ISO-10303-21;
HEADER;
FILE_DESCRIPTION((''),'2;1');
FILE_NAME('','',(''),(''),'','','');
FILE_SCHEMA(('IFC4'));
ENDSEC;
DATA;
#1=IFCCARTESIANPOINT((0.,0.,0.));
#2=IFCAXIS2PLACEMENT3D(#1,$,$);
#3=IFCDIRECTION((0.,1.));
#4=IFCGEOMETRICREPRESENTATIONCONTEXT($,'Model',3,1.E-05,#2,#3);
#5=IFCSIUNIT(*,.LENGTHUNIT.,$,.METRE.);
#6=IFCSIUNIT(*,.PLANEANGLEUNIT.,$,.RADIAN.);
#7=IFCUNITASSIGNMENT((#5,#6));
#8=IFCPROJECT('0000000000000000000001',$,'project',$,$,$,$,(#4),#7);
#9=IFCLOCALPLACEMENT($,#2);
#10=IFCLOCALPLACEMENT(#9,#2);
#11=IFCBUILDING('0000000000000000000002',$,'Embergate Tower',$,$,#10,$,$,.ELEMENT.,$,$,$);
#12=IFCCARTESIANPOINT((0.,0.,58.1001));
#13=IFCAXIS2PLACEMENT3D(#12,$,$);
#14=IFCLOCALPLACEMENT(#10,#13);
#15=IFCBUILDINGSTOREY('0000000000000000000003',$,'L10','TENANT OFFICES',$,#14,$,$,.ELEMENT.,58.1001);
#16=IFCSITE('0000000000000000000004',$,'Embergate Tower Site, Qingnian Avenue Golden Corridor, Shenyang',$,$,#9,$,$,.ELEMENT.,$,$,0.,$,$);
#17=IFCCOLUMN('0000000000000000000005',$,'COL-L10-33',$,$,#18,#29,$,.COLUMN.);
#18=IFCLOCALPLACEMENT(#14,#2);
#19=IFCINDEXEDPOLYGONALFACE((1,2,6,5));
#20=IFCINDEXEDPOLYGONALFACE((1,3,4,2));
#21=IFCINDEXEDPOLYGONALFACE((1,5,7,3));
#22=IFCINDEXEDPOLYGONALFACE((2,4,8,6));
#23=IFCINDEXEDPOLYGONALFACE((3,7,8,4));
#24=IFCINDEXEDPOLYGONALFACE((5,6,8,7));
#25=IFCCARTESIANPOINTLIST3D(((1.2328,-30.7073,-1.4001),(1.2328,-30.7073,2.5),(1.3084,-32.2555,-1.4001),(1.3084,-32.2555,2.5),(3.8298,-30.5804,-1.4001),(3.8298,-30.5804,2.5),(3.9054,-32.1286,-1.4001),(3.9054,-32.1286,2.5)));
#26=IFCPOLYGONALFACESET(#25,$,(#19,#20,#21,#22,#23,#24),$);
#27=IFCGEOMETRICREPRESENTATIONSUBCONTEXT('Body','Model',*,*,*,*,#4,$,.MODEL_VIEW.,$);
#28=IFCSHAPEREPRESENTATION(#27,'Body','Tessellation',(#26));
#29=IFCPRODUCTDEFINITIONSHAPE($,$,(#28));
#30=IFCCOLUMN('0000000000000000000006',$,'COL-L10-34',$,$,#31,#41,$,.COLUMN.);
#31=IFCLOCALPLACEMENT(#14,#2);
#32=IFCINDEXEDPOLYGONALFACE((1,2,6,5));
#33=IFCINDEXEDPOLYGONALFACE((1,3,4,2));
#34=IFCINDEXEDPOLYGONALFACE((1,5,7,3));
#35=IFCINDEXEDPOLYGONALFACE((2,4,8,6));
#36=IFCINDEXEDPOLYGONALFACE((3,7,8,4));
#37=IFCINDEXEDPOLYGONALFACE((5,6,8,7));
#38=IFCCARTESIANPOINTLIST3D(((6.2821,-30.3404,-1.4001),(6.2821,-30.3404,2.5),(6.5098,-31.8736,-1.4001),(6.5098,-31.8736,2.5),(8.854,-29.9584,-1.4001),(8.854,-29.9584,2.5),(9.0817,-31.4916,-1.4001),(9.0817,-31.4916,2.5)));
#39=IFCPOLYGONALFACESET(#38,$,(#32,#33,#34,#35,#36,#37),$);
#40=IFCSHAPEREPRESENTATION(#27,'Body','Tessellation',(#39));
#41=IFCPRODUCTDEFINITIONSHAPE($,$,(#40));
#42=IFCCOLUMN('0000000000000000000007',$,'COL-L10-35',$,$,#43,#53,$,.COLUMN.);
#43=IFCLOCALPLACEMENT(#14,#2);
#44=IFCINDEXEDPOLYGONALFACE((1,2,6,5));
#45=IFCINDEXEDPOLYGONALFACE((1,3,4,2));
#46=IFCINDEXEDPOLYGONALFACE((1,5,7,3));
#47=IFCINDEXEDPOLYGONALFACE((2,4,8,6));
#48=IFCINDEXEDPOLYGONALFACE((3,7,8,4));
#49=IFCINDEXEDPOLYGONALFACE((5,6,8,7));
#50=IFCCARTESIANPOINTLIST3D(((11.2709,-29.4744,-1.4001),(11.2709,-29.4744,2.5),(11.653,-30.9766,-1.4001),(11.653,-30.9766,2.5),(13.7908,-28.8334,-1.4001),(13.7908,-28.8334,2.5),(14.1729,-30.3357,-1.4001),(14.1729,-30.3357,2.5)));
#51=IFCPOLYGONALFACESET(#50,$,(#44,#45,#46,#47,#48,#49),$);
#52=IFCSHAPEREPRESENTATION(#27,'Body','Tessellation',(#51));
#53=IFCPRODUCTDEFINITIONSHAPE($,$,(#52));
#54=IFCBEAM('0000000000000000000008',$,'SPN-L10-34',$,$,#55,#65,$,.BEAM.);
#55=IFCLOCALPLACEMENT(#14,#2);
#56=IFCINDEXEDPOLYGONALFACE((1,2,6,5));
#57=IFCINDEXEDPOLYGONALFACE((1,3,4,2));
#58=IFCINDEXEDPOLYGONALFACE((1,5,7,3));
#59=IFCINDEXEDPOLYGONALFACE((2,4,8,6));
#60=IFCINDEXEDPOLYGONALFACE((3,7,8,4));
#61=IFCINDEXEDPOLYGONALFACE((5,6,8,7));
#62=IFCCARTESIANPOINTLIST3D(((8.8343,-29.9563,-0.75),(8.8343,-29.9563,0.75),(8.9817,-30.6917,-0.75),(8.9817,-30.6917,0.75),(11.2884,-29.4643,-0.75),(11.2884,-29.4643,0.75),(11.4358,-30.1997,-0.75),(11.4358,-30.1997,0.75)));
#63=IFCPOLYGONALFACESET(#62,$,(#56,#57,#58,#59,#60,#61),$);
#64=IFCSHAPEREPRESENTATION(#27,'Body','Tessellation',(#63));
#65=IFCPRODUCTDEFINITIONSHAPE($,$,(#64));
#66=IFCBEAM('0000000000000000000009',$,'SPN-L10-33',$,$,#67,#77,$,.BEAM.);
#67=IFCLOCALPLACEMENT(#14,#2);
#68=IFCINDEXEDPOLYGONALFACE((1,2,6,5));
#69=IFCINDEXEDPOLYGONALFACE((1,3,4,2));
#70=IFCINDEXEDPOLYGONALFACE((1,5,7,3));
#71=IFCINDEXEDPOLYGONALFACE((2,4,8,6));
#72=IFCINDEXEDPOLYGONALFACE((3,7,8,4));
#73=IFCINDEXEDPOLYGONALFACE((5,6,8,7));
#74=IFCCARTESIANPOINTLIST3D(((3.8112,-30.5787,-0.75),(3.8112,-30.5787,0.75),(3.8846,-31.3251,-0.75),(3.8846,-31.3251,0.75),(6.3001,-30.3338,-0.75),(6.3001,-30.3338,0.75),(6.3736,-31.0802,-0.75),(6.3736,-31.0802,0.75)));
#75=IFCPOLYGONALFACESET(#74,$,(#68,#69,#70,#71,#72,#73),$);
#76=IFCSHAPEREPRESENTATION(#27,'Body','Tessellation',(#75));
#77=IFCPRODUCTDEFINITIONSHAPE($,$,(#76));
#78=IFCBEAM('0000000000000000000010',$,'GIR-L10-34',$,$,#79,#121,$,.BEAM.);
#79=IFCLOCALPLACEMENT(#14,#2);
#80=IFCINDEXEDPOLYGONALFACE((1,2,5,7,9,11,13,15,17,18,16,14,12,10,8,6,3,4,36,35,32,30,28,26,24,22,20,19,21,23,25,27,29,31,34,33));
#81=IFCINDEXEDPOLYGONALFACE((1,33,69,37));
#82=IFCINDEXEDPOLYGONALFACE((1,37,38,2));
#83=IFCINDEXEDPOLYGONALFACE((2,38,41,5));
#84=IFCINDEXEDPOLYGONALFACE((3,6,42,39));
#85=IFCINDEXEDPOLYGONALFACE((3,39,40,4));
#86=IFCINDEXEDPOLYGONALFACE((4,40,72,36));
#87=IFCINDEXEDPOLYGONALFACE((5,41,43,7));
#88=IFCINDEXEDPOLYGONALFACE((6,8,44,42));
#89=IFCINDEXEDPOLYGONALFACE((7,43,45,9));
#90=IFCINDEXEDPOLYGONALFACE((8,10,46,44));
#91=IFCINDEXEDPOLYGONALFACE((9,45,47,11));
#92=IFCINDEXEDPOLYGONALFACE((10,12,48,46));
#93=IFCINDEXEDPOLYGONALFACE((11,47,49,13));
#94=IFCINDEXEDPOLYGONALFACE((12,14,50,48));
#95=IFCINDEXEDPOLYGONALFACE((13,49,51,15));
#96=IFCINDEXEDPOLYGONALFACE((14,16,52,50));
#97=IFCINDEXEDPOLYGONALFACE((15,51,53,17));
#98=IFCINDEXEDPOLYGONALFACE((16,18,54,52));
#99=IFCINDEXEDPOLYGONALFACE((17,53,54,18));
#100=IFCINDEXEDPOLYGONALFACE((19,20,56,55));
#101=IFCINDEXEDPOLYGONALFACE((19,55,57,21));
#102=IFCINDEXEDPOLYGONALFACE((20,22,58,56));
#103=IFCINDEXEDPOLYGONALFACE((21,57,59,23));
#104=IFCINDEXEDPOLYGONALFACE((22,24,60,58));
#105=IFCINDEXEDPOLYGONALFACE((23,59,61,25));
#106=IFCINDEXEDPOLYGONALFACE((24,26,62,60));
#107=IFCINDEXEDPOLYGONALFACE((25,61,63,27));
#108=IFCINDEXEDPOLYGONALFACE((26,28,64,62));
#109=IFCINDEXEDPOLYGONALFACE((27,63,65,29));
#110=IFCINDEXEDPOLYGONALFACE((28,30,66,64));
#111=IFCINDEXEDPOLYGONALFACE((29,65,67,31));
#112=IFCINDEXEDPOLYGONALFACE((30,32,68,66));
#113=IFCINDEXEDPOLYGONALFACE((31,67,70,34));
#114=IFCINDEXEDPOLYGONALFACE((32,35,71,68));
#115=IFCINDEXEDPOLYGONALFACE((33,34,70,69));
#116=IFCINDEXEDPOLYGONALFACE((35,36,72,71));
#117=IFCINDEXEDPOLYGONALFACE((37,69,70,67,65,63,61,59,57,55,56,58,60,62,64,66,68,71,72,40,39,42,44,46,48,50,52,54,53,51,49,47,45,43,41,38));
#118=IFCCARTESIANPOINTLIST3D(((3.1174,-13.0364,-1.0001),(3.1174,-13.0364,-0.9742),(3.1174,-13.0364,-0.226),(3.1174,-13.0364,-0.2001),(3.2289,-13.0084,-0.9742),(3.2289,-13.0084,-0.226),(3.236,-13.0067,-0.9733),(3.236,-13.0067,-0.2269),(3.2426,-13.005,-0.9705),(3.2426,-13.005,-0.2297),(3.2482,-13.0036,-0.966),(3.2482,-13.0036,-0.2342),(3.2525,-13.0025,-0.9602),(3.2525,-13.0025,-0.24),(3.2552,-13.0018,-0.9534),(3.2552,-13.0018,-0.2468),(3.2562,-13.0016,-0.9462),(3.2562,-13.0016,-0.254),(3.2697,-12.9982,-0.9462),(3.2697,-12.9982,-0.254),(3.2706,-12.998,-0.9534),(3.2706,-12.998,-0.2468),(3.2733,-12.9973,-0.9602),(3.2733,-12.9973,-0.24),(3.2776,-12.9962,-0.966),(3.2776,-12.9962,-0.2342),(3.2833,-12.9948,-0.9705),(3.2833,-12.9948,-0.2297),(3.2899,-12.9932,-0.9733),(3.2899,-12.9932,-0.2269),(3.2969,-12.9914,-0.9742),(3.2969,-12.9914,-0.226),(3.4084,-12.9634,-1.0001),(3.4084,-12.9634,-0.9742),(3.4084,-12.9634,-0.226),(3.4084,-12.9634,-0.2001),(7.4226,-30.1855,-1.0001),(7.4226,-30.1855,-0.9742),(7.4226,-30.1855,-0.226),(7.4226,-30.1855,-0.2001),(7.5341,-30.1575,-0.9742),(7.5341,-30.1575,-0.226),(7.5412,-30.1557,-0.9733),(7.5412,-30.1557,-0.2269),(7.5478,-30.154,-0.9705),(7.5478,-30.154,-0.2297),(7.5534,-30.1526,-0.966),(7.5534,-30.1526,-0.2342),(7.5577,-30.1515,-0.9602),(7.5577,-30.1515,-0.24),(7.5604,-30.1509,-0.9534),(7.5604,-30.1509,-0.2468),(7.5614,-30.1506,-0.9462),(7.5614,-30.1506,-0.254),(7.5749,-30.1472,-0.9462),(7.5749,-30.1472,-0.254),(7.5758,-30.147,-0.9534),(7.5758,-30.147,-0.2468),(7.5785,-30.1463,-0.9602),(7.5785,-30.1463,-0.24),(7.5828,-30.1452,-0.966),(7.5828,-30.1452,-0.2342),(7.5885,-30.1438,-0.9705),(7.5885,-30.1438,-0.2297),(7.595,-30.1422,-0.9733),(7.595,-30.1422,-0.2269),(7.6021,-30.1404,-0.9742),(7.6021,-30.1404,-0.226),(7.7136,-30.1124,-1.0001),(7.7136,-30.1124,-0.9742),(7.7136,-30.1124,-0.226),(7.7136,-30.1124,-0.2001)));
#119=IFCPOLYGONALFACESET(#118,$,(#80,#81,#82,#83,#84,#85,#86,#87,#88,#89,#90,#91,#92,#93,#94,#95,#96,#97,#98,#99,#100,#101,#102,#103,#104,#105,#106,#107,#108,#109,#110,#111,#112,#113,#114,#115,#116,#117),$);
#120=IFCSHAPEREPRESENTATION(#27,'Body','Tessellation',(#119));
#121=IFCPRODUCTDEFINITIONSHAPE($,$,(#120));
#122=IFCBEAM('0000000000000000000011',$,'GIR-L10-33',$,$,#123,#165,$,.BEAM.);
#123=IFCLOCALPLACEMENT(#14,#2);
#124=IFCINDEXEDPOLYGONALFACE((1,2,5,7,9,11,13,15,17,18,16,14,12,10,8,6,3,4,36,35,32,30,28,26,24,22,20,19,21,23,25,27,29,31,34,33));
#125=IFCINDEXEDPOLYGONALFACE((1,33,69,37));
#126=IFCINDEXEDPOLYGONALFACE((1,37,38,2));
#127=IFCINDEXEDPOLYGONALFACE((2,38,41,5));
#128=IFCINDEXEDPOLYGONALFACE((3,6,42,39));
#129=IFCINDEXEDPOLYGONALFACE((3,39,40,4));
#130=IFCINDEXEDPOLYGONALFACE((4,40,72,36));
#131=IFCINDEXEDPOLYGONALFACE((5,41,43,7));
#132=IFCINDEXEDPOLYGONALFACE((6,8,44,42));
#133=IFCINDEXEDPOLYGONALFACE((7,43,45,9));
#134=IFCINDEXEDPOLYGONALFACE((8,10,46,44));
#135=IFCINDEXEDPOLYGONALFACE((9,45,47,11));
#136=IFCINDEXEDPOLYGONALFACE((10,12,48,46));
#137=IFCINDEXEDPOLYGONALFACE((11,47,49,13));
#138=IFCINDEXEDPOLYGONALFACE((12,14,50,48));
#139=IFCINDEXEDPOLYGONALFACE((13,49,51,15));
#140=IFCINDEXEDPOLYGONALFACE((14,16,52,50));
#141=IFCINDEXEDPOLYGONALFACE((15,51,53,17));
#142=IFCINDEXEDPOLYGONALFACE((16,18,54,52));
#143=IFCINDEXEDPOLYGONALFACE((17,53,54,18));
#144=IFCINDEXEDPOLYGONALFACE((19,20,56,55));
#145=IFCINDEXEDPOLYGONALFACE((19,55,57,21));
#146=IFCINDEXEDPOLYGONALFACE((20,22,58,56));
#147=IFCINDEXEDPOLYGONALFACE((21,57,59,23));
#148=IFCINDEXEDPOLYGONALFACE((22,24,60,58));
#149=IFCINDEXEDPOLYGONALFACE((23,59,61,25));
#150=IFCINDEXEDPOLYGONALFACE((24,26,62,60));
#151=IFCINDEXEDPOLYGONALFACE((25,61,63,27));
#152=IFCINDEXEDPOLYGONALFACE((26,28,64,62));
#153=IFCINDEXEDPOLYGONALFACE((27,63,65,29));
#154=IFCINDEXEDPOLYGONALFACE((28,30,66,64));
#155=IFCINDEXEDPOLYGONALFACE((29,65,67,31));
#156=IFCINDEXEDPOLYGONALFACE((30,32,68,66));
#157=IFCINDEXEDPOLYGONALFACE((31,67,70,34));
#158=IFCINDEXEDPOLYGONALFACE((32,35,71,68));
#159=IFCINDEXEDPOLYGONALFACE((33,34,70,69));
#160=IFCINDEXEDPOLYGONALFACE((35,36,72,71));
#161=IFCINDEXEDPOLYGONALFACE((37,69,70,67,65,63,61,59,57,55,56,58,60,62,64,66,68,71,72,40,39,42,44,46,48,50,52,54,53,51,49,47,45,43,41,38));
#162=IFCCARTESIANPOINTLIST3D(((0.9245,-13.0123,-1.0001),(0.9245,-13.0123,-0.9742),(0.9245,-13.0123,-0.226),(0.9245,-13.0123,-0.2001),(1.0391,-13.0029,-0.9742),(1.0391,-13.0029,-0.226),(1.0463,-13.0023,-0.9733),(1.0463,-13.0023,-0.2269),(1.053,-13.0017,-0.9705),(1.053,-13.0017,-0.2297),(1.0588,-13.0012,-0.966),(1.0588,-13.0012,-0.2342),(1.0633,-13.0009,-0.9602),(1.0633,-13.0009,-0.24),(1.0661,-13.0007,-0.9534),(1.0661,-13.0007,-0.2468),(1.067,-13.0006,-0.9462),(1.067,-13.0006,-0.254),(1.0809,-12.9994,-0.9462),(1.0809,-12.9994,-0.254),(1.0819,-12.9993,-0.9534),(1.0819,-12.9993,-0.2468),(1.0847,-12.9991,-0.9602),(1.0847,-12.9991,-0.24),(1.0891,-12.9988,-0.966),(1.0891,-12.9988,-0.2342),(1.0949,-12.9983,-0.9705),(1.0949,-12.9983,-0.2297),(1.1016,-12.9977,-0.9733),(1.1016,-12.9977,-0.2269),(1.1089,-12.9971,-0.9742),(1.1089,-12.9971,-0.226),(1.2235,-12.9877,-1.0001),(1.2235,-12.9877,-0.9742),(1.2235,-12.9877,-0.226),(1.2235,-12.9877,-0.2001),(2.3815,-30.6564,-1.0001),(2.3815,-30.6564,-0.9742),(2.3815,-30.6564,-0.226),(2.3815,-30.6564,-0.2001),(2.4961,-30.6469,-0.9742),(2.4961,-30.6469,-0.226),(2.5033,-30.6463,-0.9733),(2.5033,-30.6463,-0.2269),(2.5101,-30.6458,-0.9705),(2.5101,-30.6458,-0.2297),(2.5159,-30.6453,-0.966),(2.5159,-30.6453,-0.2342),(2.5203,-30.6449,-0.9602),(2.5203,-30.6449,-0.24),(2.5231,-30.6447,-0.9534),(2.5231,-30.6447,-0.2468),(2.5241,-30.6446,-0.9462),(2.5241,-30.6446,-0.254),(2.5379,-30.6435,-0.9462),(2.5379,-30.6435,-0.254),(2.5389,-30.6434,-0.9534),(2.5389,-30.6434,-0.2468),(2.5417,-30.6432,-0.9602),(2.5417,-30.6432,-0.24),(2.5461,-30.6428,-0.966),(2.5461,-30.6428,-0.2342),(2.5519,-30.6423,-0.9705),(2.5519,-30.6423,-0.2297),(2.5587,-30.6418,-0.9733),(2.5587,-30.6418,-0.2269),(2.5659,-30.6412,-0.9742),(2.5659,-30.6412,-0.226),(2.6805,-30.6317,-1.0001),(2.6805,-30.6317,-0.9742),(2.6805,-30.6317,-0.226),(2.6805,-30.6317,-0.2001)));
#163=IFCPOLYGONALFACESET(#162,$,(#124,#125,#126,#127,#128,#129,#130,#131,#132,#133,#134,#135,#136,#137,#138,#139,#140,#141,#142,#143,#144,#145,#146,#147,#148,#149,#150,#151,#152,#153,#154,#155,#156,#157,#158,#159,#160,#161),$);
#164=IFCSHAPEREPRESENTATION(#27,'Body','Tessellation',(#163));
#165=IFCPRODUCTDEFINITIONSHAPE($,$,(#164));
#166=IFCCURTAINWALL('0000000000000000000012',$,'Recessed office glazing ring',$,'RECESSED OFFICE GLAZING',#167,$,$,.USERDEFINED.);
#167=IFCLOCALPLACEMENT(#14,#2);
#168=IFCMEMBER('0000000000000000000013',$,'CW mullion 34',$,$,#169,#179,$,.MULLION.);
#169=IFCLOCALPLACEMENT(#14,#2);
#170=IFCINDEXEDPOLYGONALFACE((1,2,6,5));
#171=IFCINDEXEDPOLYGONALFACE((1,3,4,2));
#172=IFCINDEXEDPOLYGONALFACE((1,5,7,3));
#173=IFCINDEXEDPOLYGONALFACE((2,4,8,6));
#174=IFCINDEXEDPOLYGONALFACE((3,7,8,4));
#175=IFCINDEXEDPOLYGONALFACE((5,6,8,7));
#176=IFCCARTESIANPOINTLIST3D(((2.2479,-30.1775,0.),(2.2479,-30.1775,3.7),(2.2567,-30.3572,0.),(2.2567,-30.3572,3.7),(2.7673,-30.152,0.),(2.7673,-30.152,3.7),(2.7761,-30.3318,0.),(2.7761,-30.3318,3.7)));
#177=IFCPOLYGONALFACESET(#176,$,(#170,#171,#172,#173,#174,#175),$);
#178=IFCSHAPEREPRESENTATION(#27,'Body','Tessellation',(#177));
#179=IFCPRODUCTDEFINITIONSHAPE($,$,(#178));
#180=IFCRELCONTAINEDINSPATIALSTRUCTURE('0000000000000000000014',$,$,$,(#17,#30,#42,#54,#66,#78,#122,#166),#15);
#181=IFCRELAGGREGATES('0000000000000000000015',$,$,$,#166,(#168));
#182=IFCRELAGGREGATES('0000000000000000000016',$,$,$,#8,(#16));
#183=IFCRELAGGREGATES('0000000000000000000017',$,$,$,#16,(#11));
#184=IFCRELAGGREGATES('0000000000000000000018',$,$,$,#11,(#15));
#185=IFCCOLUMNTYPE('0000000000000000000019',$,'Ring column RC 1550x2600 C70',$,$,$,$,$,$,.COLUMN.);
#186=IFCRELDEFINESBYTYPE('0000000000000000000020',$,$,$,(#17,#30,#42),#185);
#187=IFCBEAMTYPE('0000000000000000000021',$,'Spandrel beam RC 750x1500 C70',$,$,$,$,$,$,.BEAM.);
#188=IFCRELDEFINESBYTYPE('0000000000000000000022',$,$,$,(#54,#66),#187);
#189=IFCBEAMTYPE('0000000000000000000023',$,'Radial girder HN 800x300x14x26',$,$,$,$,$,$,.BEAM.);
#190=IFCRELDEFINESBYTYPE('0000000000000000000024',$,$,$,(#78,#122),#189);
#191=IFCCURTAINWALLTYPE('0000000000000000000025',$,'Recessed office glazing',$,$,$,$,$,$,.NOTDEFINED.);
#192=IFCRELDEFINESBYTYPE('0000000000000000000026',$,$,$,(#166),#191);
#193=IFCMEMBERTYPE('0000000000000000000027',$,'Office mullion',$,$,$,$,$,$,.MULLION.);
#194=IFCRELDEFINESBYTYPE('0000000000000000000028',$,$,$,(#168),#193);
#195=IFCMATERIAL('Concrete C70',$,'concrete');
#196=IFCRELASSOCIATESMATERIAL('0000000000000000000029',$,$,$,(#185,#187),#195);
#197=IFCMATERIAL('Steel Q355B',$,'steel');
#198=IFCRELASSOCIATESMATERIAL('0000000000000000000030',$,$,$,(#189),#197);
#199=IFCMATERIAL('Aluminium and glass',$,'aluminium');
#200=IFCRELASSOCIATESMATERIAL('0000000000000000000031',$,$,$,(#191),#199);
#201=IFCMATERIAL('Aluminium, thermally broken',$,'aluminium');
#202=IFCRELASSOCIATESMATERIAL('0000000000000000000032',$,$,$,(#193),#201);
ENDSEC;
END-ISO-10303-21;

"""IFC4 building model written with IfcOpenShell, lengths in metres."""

from ifc_helpers import new_model, si_unit, direction, frame, origin, origin_2d, place, context, subcontext, project, spatial, rectangle, i_section, extrude, source, transform, mapped, material, material_profile, profile_set, type_object, element, aggregate, save


model = new_model("IFC4")

# Units and contexts
model_context = context("Model", 3, precision=1e-05, world=origin(), true_north=direction((0.0, 1.0)))
body_context = subcontext(model_context, "Body", "Model", "MODEL_VIEW")
ifc_project = project(units=[si_unit("LENGTHUNIT", "METRE"), si_unit("PLANEANGLEUNIT", "RADIAN")], contexts=[model_context])

# Site, building, storey
site_placement = place(None, origin())
site = spatial("IfcSite", under=ifc_project, at=site_placement, Name="Embergate Tower Site, Qingnian Avenue Golden Corridor, Shenyang", CompositionType="ELEMENT", RefElevation=0.0)
building_placement = place(site_placement, origin())
building = spatial("IfcBuilding", under=site, at=building_placement, Name="Embergate Tower", CompositionType="ELEMENT")
storey_placement = place(building_placement, frame((0.0, 0.0, 58.1001)))
storey = spatial("IfcBuildingStorey", under=building, at=storey_placement, Name="L10", Description="TENANT OFFICES", CompositionType="ELEMENT", Elevation=58.1001)

# Columns
ifc_material_1 = material(Name="Concrete C70", Category="concrete")
ifc_material_profile_1 = material_profile(ifc_material_1, rectangle(XDim=1.55, YDim=2.6001, at=origin_2d()), Name="RC 1550x2600")
ifc_profile_set_1 = profile_set([ifc_material_profile_1], Name="Concrete C70")
column_type = type_object("IfcColumnType", Name="Ring column RC 1550x2600 C70", PredefinedType="COLUMN", material=ifc_profile_set_1)
shared_shape_1 = source(origin(), body_context, "Body", "SweptSolid", [
    extrude(rectangle(XDim=1.55, YDim=2.6001, at=origin_2d()), origin(), (0.0, 0.0, 1.0), 3.9001),
])
for number, where, z_axis, x_axis, name in (
    (1, (2.5691, -31.418, -1.4001), (0.0, 0.0, 1.0), (0.048815, -0.998808, 0.0), "COL-L10-33"),
    (2, (7.6819, -30.916, -1.4001), (0.0, 0.0, 1.0), (0.146929, -0.989147, 0.0), "COL-L10-34"),
    (3, (12.7219, -29.905, -1.4001), (0.0, 0.0, 1.0), (0.246509, -0.969141, 0.0), "COL-L10-35"),
):
    element("IfcColumn", number, at=place(storey_placement, frame(where, z_axis=z_axis, x_axis=x_axis)), inside=storey, type_object=column_type, Name=name, PredefinedType="COLUMN", context=body_context, shape_type="MappedRepresentation", body=[
        mapped(shared_shape_1, transform((0.0, 0.0, 0.0))),
    ])

# Beams
ifc_material_profile_2 = material_profile(ifc_material_1, rectangle(XDim=0.75, YDim=1.5, at=origin_2d()), Name="RC 750x1500")
ifc_profile_set_2 = profile_set([ifc_material_profile_2], Name="Concrete C70")
beam_type_1 = type_object("IfcBeamType", Name="Spandrel beam RC 750x1500 C70", PredefinedType="BEAM", material=ifc_profile_set_2)
shared_shape_2 = source(origin(), body_context, "Body", "SweptSolid", [
    extrude(rectangle(XDim=0.75, YDim=1.5, at=origin_2d()), origin(), (0.0, 0.0, 1.0), 2.5029),
])
beam_1_placement = place(storey_placement, frame((8.908, -30.324, 0.0), z_axis=(0.980494, 0.196548, 0.0), x_axis=(-0.196548, 0.980494, 0.0)))
element("IfcBeam", 4, at=beam_1_placement, inside=storey, type_object=beam_type_1, Name="SPN-L10-34", PredefinedType="BEAM", context=body_context, shape_type="MappedRepresentation", body=[
    mapped(shared_shape_2, transform((0.0, 0.0, 0.0))),
])
shared_shape_3 = source(origin(), body_context, "Body", "SweptSolid", [
    extrude(rectangle(XDim=0.75, YDim=1.5, at=origin_2d()), origin(), (0.0, 0.0, 1.0), 2.501),
])
beam_2_placement = place(storey_placement, frame((3.8479, -30.9519, 0.0), z_axis=(0.995195, 0.097909, 0.0), x_axis=(-0.097909, 0.995195, 0.0)))
element("IfcBeam", 5, at=beam_2_placement, inside=storey, type_object=beam_type_1, Name="SPN-L10-33", PredefinedType="BEAM", context=body_context, shape_type="MappedRepresentation", body=[
    mapped(shared_shape_3, transform((0.0, 0.0, 0.0))),
])
ifc_material_2 = material(Name="Steel Q355B", Category="steel")
ifc_material_profile_3 = material_profile(ifc_material_2, i_section(OverallWidth=0.3, OverallDepth=0.8, WebThickness=0.0139, FlangeThickness=0.0259, FilletRadius=0.0281, at=origin_2d()), Name="HN 800x300x14x26")
ifc_profile_set_3 = profile_set([ifc_material_profile_3], Name="Steel Q355 grade B")
beam_type_2 = type_object("IfcBeamType", Name="Radial girder HN 800x300x14x26", PredefinedType="BEAM", material=ifc_profile_set_3)
shared_shape_4 = source(origin(), body_context, "Body", "SweptSolid", [
    extrude(i_section(OverallWidth=0.3, OverallDepth=0.8, WebThickness=0.0139, FlangeThickness=0.0259, FilletRadius=0.0281, at=origin_2d()), origin(), (0.0, 0.0, 1.0), 17.6812),
])
beam_3_placement = place(storey_placement, frame((7.5681, -30.1489, -0.6001), z_axis=(-0.243491, 0.969903, 0.0), x_axis=(-0.969903, -0.243491, 0.0)))
element("IfcBeam", 6, at=beam_3_placement, inside=storey, type_object=beam_type_2, Name="GIR-L10-34", PredefinedType="BEAM", context=body_context, shape_type="MappedRepresentation", body=[
    mapped(shared_shape_4, transform((0.0, 0.0, 0.0))),
])
shared_shape_5 = source(origin(), body_context, "Body", "SweptSolid", [
    extrude(i_section(OverallWidth=0.3, OverallDepth=0.8, WebThickness=0.0139, FlangeThickness=0.0259, FilletRadius=0.0281, at=origin_2d()), origin(), (0.0, 0.0, 1.0), 17.7041),
])
beam_4_placement = place(storey_placement, frame((2.531, -30.644, -0.6001), z_axis=(-0.082299, 0.996608, 0.0), x_axis=(-0.996608, -0.082299, 0.0)))
element("IfcBeam", 7, at=beam_4_placement, inside=storey, type_object=beam_type_2, Name="GIR-L10-33", PredefinedType="BEAM", context=body_context, shape_type="MappedRepresentation", body=[
    mapped(shared_shape_5, transform((0.0, 0.0, 0.0))),
])

# Curtain wall, member
ifc_material_3 = material(Name="Aluminium and glass", Category="aluminium")
curtain_wall_type = type_object("IfcCurtainWallType", Name="Recessed office glazing", PredefinedType="NOTDEFINED", material=ifc_material_3)
curtain_wall_placement = place(storey_placement, origin())
curtain_wall = element("IfcCurtainWall", 8, at=curtain_wall_placement, inside=storey, type_object=curtain_wall_type, Name="Recessed office glazing ring", ObjectType="RECESSED OFFICE GLAZING", PredefinedType="USERDEFINED")
ifc_material_4 = material(Name="Aluminium, thermally broken", Category="aluminium")
ifc_material_profile_4 = material_profile(ifc_material_4, rectangle(XDim=0.1799, YDim=0.52, at=origin_2d()), Name="AL 520x180")
ifc_profile_set_4 = profile_set([ifc_material_profile_4], Name="Aluminium, thermally broken")
member_type_1 = type_object("IfcMemberType", Name="Office mullion", PredefinedType="MULLION", material=ifc_profile_set_4)
shared_shape_6 = source(origin(), body_context, "Body", "SweptSolid", [
    extrude(rectangle(XDim=0.1799, YDim=0.52, at=origin_2d()), origin(), (0.0, 0.0, 1.0), 3.7),
])
member_1_placement = place(storey_placement, frame((2.512, -30.2546, 0.0), z_axis=(0.0, 0.0, 1.0), x_axis=(-0.048972, 0.9988, 0.0)))
member_1 = element("IfcMember", 9, at=member_1_placement, type_object=member_type_1, Name="CW mullion 34", PredefinedType="MULLION", context=body_context, shape_type="MappedRepresentation", body=[
    mapped(shared_shape_6, transform((0.0, 0.0, 0.0))),
])

aggregate(curtain_wall, [member_1])

save(model, "model.ifc")
